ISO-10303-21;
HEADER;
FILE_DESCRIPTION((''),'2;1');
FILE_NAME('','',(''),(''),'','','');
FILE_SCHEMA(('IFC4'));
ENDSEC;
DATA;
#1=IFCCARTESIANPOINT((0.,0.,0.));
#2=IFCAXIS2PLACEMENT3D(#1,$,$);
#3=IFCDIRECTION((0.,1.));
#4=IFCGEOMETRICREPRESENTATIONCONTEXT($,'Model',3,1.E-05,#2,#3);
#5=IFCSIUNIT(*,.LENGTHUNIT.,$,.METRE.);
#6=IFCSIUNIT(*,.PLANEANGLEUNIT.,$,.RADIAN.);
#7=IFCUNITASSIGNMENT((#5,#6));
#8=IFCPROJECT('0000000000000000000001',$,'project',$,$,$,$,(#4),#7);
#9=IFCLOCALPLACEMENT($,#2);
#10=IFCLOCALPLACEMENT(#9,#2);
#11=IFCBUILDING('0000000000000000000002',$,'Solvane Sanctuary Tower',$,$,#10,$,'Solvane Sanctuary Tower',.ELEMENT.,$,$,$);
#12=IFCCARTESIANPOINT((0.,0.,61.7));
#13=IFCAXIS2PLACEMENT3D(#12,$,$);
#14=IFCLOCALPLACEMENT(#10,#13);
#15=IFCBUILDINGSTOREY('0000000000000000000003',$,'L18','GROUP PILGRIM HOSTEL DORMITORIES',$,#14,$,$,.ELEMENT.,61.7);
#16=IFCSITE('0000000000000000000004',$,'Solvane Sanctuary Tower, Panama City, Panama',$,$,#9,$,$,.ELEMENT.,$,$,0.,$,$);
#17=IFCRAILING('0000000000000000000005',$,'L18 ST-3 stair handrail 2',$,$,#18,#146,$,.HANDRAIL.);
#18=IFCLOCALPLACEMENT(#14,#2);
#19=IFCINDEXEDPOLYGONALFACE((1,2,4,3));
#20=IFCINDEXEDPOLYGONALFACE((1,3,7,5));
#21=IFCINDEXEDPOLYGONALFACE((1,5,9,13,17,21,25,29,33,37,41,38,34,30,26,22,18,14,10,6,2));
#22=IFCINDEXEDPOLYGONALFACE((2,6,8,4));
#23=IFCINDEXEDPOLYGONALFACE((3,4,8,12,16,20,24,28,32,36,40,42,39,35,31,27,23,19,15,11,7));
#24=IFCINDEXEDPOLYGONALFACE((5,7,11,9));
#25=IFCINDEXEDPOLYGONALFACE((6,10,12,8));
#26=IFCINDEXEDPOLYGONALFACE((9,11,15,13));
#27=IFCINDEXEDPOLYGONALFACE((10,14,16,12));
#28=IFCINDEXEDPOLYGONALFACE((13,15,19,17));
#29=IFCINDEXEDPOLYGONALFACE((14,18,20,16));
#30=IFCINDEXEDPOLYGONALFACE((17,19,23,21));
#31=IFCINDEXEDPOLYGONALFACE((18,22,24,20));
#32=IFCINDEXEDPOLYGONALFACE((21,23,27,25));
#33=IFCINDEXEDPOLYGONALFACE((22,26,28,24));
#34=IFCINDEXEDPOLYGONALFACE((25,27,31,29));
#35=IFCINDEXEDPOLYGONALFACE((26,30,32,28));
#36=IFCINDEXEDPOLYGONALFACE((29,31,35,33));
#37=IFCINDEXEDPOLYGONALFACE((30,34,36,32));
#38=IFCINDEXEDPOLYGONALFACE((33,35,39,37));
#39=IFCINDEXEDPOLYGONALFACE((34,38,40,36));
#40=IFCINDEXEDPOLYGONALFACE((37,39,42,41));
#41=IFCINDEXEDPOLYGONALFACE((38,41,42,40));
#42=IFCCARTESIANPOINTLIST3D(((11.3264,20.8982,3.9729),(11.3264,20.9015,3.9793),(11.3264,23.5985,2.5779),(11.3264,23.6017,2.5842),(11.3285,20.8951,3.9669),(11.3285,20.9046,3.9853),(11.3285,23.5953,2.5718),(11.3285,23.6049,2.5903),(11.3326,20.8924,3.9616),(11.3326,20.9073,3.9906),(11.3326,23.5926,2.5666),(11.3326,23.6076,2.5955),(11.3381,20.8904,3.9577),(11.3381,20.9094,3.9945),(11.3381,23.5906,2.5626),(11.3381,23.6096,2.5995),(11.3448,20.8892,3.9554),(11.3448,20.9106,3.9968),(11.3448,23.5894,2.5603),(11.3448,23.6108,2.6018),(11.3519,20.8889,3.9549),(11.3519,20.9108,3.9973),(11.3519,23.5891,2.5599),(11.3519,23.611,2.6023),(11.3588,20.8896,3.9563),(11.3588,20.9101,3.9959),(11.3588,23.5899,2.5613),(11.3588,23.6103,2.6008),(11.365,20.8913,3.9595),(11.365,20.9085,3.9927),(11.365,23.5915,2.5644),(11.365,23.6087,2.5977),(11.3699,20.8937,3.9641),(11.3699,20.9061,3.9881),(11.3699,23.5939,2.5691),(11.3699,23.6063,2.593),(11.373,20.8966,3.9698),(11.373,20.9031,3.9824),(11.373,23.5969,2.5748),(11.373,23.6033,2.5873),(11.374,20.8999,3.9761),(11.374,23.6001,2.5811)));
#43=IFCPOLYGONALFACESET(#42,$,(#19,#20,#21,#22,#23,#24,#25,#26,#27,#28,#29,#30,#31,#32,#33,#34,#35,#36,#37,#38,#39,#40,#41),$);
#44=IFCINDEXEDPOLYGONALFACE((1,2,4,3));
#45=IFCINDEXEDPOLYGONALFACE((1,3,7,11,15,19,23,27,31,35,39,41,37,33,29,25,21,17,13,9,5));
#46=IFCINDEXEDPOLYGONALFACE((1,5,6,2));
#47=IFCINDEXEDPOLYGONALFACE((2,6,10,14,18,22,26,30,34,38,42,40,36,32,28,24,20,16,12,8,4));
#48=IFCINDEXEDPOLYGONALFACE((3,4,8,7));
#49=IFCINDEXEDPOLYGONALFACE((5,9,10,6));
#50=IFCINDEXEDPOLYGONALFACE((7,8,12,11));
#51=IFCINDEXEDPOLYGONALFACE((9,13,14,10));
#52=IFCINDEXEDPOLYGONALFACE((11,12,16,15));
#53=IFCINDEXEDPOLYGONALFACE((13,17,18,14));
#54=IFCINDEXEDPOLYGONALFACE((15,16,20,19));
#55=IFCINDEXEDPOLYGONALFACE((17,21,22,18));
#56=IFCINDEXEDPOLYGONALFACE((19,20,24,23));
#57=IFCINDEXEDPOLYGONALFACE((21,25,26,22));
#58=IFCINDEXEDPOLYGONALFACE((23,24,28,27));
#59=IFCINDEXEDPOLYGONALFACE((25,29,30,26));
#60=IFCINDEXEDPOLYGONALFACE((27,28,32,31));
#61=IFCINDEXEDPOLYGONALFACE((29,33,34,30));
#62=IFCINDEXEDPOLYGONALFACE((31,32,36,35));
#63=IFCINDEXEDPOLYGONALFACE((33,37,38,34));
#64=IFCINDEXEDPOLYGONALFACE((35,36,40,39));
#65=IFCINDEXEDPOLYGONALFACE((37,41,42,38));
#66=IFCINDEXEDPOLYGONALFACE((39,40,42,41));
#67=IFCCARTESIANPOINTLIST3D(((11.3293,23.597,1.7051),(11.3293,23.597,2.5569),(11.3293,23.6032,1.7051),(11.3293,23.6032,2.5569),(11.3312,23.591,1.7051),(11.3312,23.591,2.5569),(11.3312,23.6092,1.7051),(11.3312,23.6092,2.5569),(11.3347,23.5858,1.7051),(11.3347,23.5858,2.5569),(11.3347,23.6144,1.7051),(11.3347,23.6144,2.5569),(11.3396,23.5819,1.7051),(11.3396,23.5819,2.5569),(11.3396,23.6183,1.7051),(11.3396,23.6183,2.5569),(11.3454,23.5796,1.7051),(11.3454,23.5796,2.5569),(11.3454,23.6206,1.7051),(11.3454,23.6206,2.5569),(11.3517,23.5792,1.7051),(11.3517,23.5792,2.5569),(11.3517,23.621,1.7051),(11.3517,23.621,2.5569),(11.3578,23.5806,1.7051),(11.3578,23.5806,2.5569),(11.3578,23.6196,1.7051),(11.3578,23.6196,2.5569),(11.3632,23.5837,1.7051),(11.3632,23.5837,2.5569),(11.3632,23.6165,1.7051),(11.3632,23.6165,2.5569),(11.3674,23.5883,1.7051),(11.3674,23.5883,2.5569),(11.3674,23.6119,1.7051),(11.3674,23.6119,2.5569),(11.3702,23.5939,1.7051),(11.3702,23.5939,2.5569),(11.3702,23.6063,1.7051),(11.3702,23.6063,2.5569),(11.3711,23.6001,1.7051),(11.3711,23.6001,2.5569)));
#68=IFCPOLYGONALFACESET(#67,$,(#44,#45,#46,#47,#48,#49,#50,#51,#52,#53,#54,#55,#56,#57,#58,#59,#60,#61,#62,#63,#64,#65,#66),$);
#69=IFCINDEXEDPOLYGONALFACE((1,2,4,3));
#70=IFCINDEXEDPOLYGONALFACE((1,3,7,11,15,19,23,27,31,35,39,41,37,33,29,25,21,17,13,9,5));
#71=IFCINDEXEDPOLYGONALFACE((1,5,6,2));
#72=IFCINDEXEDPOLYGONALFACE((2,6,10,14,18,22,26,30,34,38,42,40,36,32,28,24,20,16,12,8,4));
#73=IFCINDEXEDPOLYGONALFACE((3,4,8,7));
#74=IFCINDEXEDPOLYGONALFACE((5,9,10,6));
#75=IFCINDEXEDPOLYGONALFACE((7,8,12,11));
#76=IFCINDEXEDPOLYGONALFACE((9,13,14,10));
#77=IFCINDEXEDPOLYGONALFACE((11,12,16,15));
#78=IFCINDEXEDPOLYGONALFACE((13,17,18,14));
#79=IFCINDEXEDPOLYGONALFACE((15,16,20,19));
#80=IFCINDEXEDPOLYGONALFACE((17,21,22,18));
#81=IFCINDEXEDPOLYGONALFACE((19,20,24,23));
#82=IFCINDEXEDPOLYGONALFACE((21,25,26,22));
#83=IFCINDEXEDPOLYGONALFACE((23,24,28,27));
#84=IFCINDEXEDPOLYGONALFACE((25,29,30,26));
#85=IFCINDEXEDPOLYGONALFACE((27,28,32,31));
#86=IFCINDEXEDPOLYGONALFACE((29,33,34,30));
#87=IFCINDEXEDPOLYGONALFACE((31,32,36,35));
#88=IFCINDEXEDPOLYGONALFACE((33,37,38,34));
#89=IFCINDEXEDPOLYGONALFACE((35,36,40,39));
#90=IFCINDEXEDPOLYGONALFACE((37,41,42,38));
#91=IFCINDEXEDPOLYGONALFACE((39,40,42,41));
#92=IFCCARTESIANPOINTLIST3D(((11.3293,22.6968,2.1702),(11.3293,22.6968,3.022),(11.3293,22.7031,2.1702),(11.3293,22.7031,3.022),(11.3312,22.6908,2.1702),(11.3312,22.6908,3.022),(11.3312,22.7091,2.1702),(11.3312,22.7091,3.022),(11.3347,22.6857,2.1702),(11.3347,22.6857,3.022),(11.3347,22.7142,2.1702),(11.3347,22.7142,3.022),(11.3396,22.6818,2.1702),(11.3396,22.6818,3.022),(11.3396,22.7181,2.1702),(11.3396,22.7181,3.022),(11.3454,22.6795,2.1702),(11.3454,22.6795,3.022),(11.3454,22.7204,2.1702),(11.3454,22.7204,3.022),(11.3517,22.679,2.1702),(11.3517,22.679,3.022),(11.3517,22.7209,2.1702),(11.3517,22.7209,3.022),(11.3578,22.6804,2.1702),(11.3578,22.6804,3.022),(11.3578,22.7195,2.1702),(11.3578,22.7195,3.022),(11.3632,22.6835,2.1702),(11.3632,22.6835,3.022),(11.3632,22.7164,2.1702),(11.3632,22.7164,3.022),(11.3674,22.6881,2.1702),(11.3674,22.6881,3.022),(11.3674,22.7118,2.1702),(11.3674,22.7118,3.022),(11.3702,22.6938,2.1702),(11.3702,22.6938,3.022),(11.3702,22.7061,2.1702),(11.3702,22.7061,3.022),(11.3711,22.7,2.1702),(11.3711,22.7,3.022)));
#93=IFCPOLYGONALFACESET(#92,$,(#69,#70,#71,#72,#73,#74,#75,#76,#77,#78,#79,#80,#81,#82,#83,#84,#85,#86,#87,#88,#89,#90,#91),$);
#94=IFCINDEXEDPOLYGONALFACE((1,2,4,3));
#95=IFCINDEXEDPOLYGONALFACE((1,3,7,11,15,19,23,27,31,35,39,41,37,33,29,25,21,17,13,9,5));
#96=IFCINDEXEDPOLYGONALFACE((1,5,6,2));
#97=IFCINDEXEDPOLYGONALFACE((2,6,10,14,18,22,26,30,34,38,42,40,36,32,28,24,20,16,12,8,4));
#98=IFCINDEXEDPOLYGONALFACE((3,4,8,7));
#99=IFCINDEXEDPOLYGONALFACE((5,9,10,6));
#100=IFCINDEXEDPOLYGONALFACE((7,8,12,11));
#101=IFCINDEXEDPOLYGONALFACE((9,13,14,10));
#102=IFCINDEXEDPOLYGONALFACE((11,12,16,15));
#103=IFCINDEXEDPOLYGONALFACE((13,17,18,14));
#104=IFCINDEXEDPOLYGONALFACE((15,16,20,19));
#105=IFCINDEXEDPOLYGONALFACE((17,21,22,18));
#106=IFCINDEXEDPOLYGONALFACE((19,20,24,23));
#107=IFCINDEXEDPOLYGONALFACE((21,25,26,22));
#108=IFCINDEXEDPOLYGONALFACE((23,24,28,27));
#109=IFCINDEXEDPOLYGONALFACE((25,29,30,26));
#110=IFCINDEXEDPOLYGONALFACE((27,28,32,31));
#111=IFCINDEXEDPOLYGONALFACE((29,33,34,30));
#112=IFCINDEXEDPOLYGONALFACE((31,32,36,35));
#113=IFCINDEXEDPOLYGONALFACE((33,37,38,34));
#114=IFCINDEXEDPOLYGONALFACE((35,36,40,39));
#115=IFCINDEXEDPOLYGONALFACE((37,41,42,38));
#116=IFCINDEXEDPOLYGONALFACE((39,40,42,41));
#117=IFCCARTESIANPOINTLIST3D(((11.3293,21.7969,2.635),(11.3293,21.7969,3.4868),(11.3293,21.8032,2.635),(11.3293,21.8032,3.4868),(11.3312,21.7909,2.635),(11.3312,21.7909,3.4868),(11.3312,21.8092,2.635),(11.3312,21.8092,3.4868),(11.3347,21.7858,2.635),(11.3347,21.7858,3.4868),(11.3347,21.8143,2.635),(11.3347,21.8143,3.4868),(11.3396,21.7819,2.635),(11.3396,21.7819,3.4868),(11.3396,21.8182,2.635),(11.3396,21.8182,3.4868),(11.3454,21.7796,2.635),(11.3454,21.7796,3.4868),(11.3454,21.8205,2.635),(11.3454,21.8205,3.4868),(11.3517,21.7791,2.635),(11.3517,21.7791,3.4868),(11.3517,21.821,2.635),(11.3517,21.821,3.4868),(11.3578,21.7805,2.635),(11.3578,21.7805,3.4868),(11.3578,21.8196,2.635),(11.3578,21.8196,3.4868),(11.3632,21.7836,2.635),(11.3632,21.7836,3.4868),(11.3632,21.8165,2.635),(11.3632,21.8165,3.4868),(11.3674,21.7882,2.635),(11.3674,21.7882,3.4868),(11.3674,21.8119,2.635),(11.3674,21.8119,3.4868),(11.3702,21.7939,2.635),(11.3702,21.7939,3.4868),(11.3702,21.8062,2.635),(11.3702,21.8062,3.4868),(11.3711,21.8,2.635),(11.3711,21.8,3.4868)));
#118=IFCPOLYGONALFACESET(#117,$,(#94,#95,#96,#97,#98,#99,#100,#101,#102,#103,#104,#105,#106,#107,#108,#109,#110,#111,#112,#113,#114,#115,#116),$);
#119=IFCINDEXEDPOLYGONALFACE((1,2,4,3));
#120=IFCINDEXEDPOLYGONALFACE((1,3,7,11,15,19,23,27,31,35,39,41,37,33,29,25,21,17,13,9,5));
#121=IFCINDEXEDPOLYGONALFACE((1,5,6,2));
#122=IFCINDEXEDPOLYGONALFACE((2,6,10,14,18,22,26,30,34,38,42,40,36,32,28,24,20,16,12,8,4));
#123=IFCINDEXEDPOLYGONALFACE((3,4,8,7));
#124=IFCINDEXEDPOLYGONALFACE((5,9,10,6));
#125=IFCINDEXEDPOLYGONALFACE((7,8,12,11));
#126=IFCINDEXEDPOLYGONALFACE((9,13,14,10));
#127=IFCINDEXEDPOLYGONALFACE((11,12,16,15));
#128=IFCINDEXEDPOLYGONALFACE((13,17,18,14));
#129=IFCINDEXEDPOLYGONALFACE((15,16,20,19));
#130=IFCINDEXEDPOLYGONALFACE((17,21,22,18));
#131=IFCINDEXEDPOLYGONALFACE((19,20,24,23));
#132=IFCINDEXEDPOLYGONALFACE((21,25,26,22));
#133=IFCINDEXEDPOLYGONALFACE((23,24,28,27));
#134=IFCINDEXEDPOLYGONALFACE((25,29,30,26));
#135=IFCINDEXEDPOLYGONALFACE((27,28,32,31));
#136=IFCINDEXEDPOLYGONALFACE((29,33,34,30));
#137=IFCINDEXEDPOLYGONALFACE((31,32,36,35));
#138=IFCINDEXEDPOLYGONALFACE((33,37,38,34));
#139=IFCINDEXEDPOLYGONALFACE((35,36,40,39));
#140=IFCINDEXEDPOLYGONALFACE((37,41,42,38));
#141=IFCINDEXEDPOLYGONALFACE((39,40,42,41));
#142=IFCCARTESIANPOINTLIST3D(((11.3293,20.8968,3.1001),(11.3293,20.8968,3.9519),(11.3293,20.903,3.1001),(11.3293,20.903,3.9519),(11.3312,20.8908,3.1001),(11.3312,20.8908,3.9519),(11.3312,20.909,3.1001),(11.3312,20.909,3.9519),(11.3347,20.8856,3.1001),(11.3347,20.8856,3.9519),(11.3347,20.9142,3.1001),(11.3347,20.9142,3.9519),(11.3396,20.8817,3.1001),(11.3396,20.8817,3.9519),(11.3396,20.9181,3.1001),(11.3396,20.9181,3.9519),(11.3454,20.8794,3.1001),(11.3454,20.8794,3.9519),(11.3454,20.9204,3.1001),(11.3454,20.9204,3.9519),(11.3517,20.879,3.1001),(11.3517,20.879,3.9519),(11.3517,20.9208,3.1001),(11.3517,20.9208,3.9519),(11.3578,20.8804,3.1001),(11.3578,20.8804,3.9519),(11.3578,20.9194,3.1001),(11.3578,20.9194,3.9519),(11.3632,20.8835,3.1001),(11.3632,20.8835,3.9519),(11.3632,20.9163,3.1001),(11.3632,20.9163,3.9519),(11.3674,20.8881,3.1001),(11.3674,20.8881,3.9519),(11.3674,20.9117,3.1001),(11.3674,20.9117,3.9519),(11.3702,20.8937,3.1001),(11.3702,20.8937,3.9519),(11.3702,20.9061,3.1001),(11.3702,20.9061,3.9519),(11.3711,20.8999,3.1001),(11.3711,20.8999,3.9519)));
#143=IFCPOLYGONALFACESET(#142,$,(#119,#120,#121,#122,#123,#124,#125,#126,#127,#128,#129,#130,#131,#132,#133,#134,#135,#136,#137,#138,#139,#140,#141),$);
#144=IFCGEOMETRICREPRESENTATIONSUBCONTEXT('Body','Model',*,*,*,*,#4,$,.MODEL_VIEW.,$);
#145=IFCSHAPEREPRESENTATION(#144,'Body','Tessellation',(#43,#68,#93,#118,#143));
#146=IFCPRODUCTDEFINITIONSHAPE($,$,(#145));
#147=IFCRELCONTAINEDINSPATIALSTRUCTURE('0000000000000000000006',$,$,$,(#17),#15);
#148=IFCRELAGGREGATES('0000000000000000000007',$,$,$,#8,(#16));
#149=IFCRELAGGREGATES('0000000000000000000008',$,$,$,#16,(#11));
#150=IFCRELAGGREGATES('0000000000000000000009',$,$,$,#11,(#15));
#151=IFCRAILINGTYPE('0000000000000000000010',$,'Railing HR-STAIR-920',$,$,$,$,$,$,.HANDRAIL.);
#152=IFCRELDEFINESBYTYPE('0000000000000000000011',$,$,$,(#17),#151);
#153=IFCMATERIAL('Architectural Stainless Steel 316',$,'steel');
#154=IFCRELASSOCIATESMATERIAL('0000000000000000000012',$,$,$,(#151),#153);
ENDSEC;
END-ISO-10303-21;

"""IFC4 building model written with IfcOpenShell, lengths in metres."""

from ifc_helpers import new_model, si_unit, direction, frame, origin, origin_2d, place, context, subcontext, project, spatial, circle, extrude, material, type_object, element, save


model = new_model("IFC4")

# Units and contexts
model_context = context("Model", 3, precision=1e-05, world=origin(), true_north=direction((0.0, 1.0)))
body_context = subcontext(model_context, "Body", "Model", "MODEL_VIEW")
ifc_project = project(units=[si_unit("LENGTHUNIT", "METRE"), si_unit("PLANEANGLEUNIT", "RADIAN")], contexts=[model_context])

# Site, building, storey
site_placement = place(None, origin())
site = spatial("IfcSite", under=ifc_project, at=site_placement, Name="Solvane Sanctuary Tower, Panama City, Panama", CompositionType="ELEMENT", RefElevation=0.0)
building_placement = place(site_placement, origin())
building = spatial("IfcBuilding", under=site, at=building_placement, Name="Solvane Sanctuary Tower", LongName="Solvane Sanctuary Tower", CompositionType="ELEMENT")
storey_placement = place(building_placement, frame((0.0, 0.0, 61.7)))
storey = spatial("IfcBuildingStorey", under=building, at=storey_placement, Name="L18", Description="GROUP PILGRIM HOSTEL DORMITORIES", CompositionType="ELEMENT", Elevation=61.7)

# Shared definitions
ifc_material_1 = material(Name="Architectural Stainless Steel 316", Category="steel")

# Railing
railing_type_1 = type_object("IfcRailingType", Name="Railing HR-STAIR-920", PredefinedType="HANDRAIL", material=ifc_material_1)
railing_1_placement = place(storey_placement, frame((11.3501, 23.6001, 1.7051)))
element("IfcRailing", 1, at=railing_1_placement, inside=storey, type_object=railing_type_1, Name="L18 ST-3 stair handrail 2", PredefinedType="HANDRAIL", context=body_context, shape_type="SweptSolid", body=[
    extrude(circle(Radius=0.0239, at=origin_2d()), frame((0.0, 0.0, 0.876), z_axis=(0.0, -0.888437, 0.458999), x_axis=(1.0, 0.0, 0.0)), (0.0, 0.0, 1.0), 3.0393),
    extrude(circle(Radius=0.021, at=origin_2d()), origin(), (0.0, 0.0, 1.0), 0.8518),
    extrude(circle(Radius=0.021, at=origin_2d()), frame((0.0, -0.9001, 0.4651)), (0.0, 0.0, 1.0), 0.8518),
    extrude(circle(Radius=0.021, at=origin_2d()), frame((0.0, -1.8, 0.9299)), (0.0, 0.0, 1.0), 0.8518),
    extrude(circle(Radius=0.021, at=origin_2d()), frame((0.0, -2.7002, 1.395)), (0.0, 0.0, 1.0), 0.8518),
])

save(model, "model.ifc")
